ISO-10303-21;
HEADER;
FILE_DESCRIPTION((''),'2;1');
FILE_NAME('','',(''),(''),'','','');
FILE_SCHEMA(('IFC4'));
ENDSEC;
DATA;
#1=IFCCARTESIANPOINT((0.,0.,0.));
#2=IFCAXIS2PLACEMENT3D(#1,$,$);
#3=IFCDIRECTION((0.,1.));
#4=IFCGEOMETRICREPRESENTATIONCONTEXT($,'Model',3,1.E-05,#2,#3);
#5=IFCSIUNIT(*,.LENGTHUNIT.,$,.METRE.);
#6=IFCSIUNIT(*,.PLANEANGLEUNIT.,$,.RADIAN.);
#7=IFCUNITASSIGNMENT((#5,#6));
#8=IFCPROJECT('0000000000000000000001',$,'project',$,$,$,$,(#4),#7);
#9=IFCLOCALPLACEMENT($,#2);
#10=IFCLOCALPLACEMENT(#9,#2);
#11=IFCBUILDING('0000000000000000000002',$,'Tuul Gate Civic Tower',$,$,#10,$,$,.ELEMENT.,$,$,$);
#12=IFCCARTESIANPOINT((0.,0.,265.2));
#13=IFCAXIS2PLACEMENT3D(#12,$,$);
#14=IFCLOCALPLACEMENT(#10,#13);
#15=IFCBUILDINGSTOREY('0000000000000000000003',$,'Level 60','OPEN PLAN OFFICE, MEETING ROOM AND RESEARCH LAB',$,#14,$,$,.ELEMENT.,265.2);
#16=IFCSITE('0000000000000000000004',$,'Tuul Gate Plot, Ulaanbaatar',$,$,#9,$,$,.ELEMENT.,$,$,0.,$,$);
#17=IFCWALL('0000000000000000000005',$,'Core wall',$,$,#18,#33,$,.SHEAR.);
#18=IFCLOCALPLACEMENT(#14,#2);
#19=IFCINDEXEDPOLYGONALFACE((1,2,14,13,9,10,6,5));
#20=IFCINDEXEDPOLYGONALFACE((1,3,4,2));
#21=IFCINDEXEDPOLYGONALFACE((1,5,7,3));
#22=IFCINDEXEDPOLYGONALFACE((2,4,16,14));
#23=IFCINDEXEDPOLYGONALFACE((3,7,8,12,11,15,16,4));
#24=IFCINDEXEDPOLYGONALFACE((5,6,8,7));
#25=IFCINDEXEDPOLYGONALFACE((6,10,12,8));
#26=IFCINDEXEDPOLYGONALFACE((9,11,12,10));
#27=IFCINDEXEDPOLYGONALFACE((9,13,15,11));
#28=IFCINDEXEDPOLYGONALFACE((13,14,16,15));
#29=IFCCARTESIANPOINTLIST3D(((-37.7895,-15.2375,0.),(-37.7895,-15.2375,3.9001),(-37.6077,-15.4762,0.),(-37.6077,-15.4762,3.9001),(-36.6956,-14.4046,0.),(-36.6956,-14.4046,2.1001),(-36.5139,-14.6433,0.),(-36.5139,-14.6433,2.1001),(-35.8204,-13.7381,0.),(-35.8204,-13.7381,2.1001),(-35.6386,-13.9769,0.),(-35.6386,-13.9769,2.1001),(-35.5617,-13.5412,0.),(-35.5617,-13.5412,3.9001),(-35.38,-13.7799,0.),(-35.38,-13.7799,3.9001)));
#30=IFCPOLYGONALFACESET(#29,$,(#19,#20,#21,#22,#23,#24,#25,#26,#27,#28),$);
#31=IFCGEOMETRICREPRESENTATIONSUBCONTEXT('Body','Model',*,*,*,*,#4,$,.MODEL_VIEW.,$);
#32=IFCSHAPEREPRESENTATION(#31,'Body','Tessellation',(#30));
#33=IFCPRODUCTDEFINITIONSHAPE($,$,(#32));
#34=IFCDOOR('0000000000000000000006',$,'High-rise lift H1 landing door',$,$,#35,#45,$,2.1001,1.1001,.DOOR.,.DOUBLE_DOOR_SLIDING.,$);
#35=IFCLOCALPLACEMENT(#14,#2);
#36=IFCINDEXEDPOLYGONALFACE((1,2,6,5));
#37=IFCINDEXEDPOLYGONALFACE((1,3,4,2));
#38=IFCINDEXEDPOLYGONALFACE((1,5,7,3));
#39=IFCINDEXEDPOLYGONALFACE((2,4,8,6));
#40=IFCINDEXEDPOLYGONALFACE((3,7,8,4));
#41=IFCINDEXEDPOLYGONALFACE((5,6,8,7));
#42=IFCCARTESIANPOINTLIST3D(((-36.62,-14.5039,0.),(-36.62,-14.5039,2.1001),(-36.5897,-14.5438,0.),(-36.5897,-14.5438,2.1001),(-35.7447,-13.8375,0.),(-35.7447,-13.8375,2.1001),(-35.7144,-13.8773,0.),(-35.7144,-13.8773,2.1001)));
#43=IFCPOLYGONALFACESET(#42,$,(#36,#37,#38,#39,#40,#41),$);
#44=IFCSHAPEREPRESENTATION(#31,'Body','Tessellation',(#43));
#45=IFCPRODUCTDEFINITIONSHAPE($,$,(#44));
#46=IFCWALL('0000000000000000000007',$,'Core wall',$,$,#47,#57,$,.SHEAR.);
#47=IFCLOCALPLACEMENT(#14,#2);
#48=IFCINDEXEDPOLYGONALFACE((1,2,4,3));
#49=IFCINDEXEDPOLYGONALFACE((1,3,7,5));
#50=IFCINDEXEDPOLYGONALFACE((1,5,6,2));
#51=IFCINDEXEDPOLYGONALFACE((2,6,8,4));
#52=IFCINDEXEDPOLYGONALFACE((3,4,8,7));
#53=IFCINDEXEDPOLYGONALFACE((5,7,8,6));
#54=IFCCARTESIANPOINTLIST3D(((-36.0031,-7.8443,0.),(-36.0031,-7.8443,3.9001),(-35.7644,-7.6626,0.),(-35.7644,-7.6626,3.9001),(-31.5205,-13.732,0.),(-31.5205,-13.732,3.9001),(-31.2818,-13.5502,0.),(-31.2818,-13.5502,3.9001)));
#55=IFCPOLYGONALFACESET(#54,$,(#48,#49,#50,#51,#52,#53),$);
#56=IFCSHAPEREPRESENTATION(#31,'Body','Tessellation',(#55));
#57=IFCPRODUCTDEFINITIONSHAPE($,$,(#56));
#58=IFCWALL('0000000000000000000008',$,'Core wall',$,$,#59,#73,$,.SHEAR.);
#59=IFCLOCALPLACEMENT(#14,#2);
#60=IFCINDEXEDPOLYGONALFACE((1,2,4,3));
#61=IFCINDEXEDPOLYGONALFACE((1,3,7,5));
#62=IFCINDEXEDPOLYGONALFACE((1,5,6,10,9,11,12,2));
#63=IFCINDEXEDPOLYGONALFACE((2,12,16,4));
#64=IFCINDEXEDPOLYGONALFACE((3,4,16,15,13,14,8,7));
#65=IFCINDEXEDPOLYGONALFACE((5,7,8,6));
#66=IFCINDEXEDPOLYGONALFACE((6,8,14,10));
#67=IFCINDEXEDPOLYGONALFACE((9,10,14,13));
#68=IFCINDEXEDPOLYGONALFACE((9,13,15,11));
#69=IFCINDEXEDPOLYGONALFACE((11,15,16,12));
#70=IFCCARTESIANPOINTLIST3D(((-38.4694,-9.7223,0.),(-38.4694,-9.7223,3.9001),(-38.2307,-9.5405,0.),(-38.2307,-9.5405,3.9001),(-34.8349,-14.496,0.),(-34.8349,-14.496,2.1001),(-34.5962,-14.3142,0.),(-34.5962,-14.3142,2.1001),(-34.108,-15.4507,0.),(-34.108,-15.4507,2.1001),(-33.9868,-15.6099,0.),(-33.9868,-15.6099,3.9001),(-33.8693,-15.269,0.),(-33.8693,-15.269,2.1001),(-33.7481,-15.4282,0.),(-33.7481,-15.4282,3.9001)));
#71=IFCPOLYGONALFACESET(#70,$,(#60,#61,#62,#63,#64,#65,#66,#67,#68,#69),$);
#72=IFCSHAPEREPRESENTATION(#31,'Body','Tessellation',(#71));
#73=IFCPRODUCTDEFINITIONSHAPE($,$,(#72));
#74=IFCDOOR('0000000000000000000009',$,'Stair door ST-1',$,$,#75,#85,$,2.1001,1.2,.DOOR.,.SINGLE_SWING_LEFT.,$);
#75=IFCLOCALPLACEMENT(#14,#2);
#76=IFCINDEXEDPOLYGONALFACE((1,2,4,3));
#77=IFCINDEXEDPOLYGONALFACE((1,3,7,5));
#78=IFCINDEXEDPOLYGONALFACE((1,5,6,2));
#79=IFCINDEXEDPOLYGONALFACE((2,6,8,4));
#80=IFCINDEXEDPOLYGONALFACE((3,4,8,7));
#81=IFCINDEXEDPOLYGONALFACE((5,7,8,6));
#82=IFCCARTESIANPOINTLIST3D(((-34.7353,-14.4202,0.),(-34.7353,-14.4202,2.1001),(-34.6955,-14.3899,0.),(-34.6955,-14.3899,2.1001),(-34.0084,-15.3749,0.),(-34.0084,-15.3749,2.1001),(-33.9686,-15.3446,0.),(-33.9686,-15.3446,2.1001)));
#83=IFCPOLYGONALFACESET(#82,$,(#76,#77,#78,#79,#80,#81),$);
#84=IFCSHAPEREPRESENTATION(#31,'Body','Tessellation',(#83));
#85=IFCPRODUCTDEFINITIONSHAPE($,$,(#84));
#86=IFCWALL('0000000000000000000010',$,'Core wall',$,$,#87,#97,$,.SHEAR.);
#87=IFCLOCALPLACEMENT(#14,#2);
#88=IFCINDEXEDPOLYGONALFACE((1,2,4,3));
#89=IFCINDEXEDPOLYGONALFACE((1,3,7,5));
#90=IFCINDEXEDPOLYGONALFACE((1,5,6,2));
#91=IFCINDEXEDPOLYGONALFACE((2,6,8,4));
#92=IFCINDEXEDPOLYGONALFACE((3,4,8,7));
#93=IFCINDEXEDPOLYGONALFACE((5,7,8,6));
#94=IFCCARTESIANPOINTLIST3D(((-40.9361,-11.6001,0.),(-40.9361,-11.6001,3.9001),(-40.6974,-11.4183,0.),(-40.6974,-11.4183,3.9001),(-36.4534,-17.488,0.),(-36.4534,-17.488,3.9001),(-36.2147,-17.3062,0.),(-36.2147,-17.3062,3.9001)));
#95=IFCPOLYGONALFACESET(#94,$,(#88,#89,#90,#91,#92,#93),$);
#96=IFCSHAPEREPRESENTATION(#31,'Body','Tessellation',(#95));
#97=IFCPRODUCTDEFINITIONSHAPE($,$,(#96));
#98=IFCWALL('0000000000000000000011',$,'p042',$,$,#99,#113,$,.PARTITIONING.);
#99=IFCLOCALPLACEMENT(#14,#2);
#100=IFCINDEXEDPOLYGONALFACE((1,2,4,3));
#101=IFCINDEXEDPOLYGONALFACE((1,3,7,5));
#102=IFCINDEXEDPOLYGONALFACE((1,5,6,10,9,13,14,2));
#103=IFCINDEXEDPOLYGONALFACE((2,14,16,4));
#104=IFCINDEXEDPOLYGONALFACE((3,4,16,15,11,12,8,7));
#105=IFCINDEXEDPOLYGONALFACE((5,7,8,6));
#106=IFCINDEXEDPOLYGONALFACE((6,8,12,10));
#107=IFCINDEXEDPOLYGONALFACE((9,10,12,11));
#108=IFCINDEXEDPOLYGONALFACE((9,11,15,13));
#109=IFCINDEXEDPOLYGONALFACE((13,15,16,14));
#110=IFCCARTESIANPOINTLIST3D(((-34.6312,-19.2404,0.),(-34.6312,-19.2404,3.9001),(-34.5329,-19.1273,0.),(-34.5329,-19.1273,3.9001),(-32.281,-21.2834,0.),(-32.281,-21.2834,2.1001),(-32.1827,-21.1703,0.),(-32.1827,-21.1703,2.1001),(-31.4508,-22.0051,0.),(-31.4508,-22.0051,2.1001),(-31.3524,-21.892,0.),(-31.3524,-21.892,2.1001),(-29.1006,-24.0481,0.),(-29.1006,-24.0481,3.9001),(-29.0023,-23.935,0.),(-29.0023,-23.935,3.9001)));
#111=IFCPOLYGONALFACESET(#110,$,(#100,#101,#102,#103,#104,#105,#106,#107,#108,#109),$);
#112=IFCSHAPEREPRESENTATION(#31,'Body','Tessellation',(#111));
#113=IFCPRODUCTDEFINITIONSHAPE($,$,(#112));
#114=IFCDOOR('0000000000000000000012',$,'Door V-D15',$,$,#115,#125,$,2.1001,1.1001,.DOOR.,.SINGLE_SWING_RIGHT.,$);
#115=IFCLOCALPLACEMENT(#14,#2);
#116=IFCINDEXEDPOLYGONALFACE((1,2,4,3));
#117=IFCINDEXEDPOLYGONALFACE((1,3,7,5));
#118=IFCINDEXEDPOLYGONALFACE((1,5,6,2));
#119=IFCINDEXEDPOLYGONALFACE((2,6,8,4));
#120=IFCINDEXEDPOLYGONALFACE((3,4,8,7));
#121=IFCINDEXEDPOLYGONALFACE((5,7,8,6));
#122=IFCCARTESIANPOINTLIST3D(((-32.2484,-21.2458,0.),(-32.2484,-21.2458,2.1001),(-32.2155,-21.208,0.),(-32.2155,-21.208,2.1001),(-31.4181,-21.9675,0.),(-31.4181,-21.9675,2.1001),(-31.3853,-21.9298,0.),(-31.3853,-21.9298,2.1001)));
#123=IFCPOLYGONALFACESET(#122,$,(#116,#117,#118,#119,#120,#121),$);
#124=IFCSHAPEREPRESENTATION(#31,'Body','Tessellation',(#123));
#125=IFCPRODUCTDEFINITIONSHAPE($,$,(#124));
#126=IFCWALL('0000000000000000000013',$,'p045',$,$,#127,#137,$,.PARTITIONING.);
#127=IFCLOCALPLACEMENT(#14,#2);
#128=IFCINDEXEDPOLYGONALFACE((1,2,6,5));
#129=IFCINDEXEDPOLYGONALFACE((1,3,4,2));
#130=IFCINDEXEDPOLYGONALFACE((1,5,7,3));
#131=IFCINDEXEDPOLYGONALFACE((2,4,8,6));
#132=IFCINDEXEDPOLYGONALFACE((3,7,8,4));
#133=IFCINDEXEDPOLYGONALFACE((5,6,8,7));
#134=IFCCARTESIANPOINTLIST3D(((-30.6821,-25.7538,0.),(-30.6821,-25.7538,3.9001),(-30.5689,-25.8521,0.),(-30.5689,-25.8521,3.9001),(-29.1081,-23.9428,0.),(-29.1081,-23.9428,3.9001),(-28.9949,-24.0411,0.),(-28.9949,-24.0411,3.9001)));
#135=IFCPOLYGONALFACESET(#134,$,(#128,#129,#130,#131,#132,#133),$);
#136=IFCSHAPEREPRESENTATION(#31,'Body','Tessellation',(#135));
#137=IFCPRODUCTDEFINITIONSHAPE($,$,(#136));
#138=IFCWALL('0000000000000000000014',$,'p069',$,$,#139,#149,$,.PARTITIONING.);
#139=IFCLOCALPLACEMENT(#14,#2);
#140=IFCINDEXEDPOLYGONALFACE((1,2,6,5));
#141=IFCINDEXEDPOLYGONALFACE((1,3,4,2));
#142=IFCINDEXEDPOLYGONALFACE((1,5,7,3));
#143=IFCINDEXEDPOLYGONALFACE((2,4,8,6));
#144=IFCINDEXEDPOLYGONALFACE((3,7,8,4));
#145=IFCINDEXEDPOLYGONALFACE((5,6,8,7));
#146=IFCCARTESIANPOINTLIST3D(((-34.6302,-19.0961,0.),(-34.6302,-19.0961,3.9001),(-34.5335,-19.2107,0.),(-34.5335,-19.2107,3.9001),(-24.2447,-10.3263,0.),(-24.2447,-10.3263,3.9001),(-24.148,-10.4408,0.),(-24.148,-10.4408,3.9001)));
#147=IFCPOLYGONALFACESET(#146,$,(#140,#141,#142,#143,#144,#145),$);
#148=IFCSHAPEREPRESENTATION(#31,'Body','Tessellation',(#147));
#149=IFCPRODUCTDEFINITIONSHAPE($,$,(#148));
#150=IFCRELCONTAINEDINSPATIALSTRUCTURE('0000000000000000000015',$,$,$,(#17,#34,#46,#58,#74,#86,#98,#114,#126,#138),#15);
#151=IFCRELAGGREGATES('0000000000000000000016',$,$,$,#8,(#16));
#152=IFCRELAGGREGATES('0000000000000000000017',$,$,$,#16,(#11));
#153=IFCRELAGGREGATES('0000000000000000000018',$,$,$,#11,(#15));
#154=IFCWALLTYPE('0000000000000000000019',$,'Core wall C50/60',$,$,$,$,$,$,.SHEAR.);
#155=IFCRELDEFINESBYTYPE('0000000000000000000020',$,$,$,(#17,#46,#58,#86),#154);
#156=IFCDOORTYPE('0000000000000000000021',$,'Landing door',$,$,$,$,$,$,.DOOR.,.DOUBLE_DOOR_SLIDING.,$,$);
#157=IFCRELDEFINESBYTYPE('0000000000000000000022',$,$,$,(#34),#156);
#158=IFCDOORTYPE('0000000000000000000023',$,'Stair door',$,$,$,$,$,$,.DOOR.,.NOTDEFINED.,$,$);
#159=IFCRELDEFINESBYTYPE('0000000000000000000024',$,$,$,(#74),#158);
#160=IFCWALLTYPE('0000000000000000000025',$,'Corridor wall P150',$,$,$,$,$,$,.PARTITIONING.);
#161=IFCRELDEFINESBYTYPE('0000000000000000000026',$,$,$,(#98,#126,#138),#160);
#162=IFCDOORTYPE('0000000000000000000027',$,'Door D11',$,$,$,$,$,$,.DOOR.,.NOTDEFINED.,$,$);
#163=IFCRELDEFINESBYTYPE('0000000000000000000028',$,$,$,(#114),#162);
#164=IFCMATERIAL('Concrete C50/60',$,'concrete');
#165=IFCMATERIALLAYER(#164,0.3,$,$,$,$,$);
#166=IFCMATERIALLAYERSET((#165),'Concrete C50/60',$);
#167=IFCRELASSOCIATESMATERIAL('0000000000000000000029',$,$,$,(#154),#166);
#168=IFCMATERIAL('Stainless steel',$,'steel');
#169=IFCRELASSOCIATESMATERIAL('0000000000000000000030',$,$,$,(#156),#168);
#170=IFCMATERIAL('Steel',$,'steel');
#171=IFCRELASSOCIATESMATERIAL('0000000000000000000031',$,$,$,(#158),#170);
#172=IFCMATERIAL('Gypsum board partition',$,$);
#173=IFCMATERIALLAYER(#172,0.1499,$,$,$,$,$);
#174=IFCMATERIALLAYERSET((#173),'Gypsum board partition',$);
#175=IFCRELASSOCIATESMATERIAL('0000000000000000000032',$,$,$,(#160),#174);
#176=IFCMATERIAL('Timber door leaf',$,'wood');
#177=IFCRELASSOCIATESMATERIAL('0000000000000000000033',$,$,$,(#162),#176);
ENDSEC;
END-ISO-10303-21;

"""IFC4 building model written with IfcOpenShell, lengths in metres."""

from ifc_helpers import new_model, si_unit, direction, frame, frame_2d, origin, place, context, subcontext, project, spatial, rectangle, extrude, material, layer, layer_set, type_object, element, fill, save


model = new_model("IFC4")

# Units and contexts
model_context = context("Model", 3, precision=1e-05, world=origin(), true_north=direction((0.0, 1.0)))
body_context = subcontext(model_context, "Body", "Model", "MODEL_VIEW")
ifc_project = project(units=[si_unit("LENGTHUNIT", "METRE"), si_unit("PLANEANGLEUNIT", "RADIAN")], contexts=[model_context])

# Site, building, storey
site_placement = place(None, origin())
site = spatial("IfcSite", under=ifc_project, at=site_placement, Name="Tuul Gate Plot, Ulaanbaatar", CompositionType="ELEMENT", RefElevation=0.0)
building_placement = place(site_placement, origin())
building = spatial("IfcBuilding", under=site, at=building_placement, Name="Tuul Gate Civic Tower", CompositionType="ELEMENT")
storey_placement = place(building_placement, frame((0.0, 0.0, 265.2)))
storey = spatial("IfcBuildingStorey", under=building, at=storey_placement, Name="Level 60", Description="OPEN PLAN OFFICE, MEETING ROOM AND RESEARCH LAB", CompositionType="ELEMENT", Elevation=265.2)

# Wall, opening, door
ifc_material_1 = material(Name="Concrete C50/60", Category="concrete")
ifc_layer_1 = layer(ifc_material_1, 0.3)
ifc_layer_set_1 = layer_set([ifc_layer_1], Name="Concrete C50/60")
wall_type_1 = type_object("IfcWallType", Name="Core wall C50/60", PredefinedType="SHEAR", material=ifc_layer_set_1)
wall_1_placement = place(storey_placement, frame((-35.4709, -13.6606, 0.0), z_axis=(0.0, 0.0, 1.0), x_axis=(-0.795616, -0.605802, 0.0)))
wall_1 = element("IfcWall", 1, at=wall_1_placement, inside=storey, type_object=wall_type_1, Name="Core wall", PredefinedType="SHEAR", context=body_context, shape_type="SweptSolid", body=[
    extrude(rectangle(XDim=2.8, YDim=0.3, at=frame_2d((1.3999, 0.0))), origin(), (0.0, 0.0, 1.0), 3.9001),
])
opening_1_placement = place(wall_1_placement, frame((0.325, 0.0, 0.0)))
opening_1 = element("IfcOpeningElement", 2, at=opening_1_placement, cuts=wall_1, PredefinedType="OPENING", context=body_context, shape_type="SweptSolid", body=[
    extrude(rectangle(XDim=1.1001, YDim=2.1001, at=frame_2d((0.55, 1.05))), frame((0.0, 0.1602, 0.0), z_axis=(0.0, -1.0, 0.0), x_axis=(1.0, 0.0, 0.0)), (0.0, 0.0, 1.0), 0.3201),
])
ifc_material_2 = material(Name="Stainless steel", Category="steel")
door_type_1 = type_object("IfcDoorType", Name="Landing door", OperationType="DOUBLE_DOOR_SLIDING", PredefinedType="DOOR", material=ifc_material_2)
door_1_placement = place(opening_1_placement, origin())
door_1 = element("IfcDoor", 3, at=door_1_placement, inside=storey, type_object=door_type_1, Name="High-rise lift H1 landing door", OperationType="DOUBLE_DOOR_SLIDING", OverallHeight=2.1001, OverallWidth=1.1001, PredefinedType="DOOR", context=body_context, shape_type="SweptSolid", body=[
    extrude(rectangle(XDim=1.1001, YDim=2.1001, at=frame_2d((0.55, 1.05))), frame((0.0, 0.0249, 0.0), z_axis=(0.0, -1.0, 0.0), x_axis=(1.0, 0.0, 0.0)), (0.0, 0.0, 1.0), 0.05),
])
fill(opening_1, door_1)

# Wall
wall_2_placement = place(storey_placement, frame((-31.4011, -13.6411, 0.0), z_axis=(0.0, 0.0, 1.0), x_axis=(-0.60577, 0.79564, 0.0)))
element("IfcWall", 4, at=wall_2_placement, inside=storey, type_object=wall_type_1, Name="Core wall", PredefinedType="SHEAR", context=body_context, shape_type="SweptSolid", body=[
    extrude(rectangle(XDim=7.3999, YDim=0.3, at=frame_2d((3.7, 0.0))), origin(), (0.0, 0.0, 1.0), 3.9001),
])

# Wall, opening, door
wall_3_placement = place(storey_placement, frame((-33.8674, -15.519, 0.0), z_axis=(0.0, 0.0, 1.0), x_axis=(-0.60577, 0.79564, 0.0)))
wall_3 = element("IfcWall", 5, at=wall_3_placement, inside=storey, type_object=wall_type_1, Name="Core wall", PredefinedType="SHEAR", context=body_context, shape_type="SweptSolid", body=[
    extrude(rectangle(XDim=7.3999, YDim=0.3, at=frame_2d((3.7, 0.0))), origin(), (0.0, 0.0, 1.0), 3.9001),
])
opening_2_placement = place(wall_3_placement, frame((0.2, 0.0, 0.0)))
opening_2 = element("IfcOpeningElement", 6, at=opening_2_placement, cuts=wall_3, PredefinedType="OPENING", context=body_context, shape_type="SweptSolid", body=[
    extrude(rectangle(XDim=1.2, YDim=2.1001, at=frame_2d((0.6001, 1.05))), frame((0.0, 0.1602, 0.0), z_axis=(0.0, -1.0, 0.0), x_axis=(1.0, 0.0, 0.0)), (0.0, 0.0, 1.0), 0.3201),
])
ifc_material_3 = material(Name="Steel", Category="steel")
door_type_2 = type_object("IfcDoorType", Name="Stair door", OperationType="NOTDEFINED", PredefinedType="DOOR", material=ifc_material_3)
door_2_placement = place(opening_2_placement, origin())
door_2 = element("IfcDoor", 7, at=door_2_placement, inside=storey, type_object=door_type_2, Name="Stair door ST-1", OperationType="SINGLE_SWING_LEFT", OverallHeight=2.1001, OverallWidth=1.2, PredefinedType="DOOR", context=body_context, shape_type="SweptSolid", body=[
    extrude(rectangle(XDim=1.2, YDim=2.1001, at=frame_2d((0.6001, 1.05))), frame((0.0, 0.0249, 0.0), z_axis=(0.0, -1.0, 0.0), x_axis=(1.0, 0.0, 0.0)), (0.0, 0.0, 1.0), 0.05),
])
fill(opening_2, door_2)

# Wall
wall_4_placement = place(storey_placement, frame((-36.334, -17.3972, 0.0), z_axis=(0.0, 0.0, 1.0), x_axis=(-0.605754, 0.795652, 0.0)))
element("IfcWall", 8, at=wall_4_placement, inside=storey, type_object=wall_type_1, Name="Core wall", PredefinedType="SHEAR", context=body_context, shape_type="SweptSolid", body=[
    extrude(rectangle(XDim=7.4001, YDim=0.3, at=frame_2d((3.7002, 0.0))), origin(), (0.0, 0.0, 1.0), 3.9001),
])

# Wall, opening, door
ifc_material_4 = material(Name="Gypsum board partition")
ifc_layer_2 = layer(ifc_material_4, 0.1499)
ifc_layer_set_2 = layer_set([ifc_layer_2], Name="Gypsum board partition")
wall_type_2 = type_object("IfcWallType", Name="Corridor wall P150", PredefinedType="PARTITIONING", material=ifc_layer_set_2)
wall_5_placement = place(storey_placement, frame((-34.582, -19.1838, 0.0), z_axis=(0.0, 0.0, 1.0), x_axis=(0.754709, -0.65606, 0.0)))
wall_5 = element("IfcWall", 9, at=wall_5_placement, inside=storey, type_object=wall_type_2, Name="p042", PredefinedType="PARTITIONING", context=body_context, shape_type="SweptSolid", body=[
    extrude(rectangle(XDim=7.3281, YDim=0.1499, at=frame_2d((3.6641, 0.0))), origin(), (0.0, 0.0, 1.0), 3.9001),
])
opening_3_placement = place(wall_5_placement, frame((3.114, 0.0, 0.0)))
opening_3 = element("IfcOpeningElement", 10, at=opening_3_placement, cuts=wall_5, PredefinedType="OPENING", context=body_context, shape_type="SweptSolid", body=[
    extrude(rectangle(XDim=1.1001, YDim=2.1001, at=frame_2d((0.55, 1.05))), frame((0.0, 0.085, 0.0), z_axis=(0.0, -1.0, 0.0), x_axis=(1.0, 0.0, 0.0)), (0.0, 0.0, 1.0), 0.1699),
])
ifc_material_5 = material(Name="Timber door leaf", Category="wood")
door_type_3 = type_object("IfcDoorType", Name="Door D11", OperationType="NOTDEFINED", PredefinedType="DOOR", material=ifc_material_5)
door_3_placement = place(opening_3_placement, origin())
door_3 = element("IfcDoor", 11, at=door_3_placement, inside=storey, type_object=door_type_3, Name="Door V-D15", OperationType="SINGLE_SWING_RIGHT", OverallHeight=2.1001, OverallWidth=1.1001, PredefinedType="DOOR", context=body_context, shape_type="SweptSolid", body=[
    extrude(rectangle(XDim=1.1001, YDim=2.1001, at=frame_2d((0.55, 1.05))), frame((0.0, 0.0249, 0.0), z_axis=(0.0, -1.0, 0.0), x_axis=(1.0, 0.0, 0.0)), (0.0, 0.0, 1.0), 0.05),
])
fill(opening_3, door_3)

# Walls
wall_6_placement = place(storey_placement, frame((-30.6255, -25.803, 0.0), z_axis=(0.0, 0.0, 1.0), x_axis=(0.65598, 0.754779, 0.0)))
element("IfcWall", 12, at=wall_6_placement, inside=storey, type_object=wall_type_2, Name="p045", PredefinedType="PARTITIONING", context=body_context, shape_type="SweptSolid", body=[
    extrude(rectangle(XDim=2.3994, YDim=0.1499, at=frame_2d((1.1997, 0.0))), origin(), (0.0, 0.0, 1.0), 3.9001),
])
wall_7_placement = place(storey_placement, frame((-34.5818, -19.1533, 0.0), z_axis=(0.0, 0.0, 1.0), x_axis=(0.764037, 0.645172, 0.0)))
element("IfcWall", 13, at=wall_7_placement, inside=storey, type_object=wall_type_2, Name="p069", PredefinedType="PARTITIONING", context=body_context, shape_type="SweptSolid", body=[
    extrude(rectangle(XDim=13.593, YDim=0.1499, at=frame_2d((6.7964, 0.0))), origin(), (0.0, 0.0, 1.0), 3.9001),
])

save(model, "model.ifc")
